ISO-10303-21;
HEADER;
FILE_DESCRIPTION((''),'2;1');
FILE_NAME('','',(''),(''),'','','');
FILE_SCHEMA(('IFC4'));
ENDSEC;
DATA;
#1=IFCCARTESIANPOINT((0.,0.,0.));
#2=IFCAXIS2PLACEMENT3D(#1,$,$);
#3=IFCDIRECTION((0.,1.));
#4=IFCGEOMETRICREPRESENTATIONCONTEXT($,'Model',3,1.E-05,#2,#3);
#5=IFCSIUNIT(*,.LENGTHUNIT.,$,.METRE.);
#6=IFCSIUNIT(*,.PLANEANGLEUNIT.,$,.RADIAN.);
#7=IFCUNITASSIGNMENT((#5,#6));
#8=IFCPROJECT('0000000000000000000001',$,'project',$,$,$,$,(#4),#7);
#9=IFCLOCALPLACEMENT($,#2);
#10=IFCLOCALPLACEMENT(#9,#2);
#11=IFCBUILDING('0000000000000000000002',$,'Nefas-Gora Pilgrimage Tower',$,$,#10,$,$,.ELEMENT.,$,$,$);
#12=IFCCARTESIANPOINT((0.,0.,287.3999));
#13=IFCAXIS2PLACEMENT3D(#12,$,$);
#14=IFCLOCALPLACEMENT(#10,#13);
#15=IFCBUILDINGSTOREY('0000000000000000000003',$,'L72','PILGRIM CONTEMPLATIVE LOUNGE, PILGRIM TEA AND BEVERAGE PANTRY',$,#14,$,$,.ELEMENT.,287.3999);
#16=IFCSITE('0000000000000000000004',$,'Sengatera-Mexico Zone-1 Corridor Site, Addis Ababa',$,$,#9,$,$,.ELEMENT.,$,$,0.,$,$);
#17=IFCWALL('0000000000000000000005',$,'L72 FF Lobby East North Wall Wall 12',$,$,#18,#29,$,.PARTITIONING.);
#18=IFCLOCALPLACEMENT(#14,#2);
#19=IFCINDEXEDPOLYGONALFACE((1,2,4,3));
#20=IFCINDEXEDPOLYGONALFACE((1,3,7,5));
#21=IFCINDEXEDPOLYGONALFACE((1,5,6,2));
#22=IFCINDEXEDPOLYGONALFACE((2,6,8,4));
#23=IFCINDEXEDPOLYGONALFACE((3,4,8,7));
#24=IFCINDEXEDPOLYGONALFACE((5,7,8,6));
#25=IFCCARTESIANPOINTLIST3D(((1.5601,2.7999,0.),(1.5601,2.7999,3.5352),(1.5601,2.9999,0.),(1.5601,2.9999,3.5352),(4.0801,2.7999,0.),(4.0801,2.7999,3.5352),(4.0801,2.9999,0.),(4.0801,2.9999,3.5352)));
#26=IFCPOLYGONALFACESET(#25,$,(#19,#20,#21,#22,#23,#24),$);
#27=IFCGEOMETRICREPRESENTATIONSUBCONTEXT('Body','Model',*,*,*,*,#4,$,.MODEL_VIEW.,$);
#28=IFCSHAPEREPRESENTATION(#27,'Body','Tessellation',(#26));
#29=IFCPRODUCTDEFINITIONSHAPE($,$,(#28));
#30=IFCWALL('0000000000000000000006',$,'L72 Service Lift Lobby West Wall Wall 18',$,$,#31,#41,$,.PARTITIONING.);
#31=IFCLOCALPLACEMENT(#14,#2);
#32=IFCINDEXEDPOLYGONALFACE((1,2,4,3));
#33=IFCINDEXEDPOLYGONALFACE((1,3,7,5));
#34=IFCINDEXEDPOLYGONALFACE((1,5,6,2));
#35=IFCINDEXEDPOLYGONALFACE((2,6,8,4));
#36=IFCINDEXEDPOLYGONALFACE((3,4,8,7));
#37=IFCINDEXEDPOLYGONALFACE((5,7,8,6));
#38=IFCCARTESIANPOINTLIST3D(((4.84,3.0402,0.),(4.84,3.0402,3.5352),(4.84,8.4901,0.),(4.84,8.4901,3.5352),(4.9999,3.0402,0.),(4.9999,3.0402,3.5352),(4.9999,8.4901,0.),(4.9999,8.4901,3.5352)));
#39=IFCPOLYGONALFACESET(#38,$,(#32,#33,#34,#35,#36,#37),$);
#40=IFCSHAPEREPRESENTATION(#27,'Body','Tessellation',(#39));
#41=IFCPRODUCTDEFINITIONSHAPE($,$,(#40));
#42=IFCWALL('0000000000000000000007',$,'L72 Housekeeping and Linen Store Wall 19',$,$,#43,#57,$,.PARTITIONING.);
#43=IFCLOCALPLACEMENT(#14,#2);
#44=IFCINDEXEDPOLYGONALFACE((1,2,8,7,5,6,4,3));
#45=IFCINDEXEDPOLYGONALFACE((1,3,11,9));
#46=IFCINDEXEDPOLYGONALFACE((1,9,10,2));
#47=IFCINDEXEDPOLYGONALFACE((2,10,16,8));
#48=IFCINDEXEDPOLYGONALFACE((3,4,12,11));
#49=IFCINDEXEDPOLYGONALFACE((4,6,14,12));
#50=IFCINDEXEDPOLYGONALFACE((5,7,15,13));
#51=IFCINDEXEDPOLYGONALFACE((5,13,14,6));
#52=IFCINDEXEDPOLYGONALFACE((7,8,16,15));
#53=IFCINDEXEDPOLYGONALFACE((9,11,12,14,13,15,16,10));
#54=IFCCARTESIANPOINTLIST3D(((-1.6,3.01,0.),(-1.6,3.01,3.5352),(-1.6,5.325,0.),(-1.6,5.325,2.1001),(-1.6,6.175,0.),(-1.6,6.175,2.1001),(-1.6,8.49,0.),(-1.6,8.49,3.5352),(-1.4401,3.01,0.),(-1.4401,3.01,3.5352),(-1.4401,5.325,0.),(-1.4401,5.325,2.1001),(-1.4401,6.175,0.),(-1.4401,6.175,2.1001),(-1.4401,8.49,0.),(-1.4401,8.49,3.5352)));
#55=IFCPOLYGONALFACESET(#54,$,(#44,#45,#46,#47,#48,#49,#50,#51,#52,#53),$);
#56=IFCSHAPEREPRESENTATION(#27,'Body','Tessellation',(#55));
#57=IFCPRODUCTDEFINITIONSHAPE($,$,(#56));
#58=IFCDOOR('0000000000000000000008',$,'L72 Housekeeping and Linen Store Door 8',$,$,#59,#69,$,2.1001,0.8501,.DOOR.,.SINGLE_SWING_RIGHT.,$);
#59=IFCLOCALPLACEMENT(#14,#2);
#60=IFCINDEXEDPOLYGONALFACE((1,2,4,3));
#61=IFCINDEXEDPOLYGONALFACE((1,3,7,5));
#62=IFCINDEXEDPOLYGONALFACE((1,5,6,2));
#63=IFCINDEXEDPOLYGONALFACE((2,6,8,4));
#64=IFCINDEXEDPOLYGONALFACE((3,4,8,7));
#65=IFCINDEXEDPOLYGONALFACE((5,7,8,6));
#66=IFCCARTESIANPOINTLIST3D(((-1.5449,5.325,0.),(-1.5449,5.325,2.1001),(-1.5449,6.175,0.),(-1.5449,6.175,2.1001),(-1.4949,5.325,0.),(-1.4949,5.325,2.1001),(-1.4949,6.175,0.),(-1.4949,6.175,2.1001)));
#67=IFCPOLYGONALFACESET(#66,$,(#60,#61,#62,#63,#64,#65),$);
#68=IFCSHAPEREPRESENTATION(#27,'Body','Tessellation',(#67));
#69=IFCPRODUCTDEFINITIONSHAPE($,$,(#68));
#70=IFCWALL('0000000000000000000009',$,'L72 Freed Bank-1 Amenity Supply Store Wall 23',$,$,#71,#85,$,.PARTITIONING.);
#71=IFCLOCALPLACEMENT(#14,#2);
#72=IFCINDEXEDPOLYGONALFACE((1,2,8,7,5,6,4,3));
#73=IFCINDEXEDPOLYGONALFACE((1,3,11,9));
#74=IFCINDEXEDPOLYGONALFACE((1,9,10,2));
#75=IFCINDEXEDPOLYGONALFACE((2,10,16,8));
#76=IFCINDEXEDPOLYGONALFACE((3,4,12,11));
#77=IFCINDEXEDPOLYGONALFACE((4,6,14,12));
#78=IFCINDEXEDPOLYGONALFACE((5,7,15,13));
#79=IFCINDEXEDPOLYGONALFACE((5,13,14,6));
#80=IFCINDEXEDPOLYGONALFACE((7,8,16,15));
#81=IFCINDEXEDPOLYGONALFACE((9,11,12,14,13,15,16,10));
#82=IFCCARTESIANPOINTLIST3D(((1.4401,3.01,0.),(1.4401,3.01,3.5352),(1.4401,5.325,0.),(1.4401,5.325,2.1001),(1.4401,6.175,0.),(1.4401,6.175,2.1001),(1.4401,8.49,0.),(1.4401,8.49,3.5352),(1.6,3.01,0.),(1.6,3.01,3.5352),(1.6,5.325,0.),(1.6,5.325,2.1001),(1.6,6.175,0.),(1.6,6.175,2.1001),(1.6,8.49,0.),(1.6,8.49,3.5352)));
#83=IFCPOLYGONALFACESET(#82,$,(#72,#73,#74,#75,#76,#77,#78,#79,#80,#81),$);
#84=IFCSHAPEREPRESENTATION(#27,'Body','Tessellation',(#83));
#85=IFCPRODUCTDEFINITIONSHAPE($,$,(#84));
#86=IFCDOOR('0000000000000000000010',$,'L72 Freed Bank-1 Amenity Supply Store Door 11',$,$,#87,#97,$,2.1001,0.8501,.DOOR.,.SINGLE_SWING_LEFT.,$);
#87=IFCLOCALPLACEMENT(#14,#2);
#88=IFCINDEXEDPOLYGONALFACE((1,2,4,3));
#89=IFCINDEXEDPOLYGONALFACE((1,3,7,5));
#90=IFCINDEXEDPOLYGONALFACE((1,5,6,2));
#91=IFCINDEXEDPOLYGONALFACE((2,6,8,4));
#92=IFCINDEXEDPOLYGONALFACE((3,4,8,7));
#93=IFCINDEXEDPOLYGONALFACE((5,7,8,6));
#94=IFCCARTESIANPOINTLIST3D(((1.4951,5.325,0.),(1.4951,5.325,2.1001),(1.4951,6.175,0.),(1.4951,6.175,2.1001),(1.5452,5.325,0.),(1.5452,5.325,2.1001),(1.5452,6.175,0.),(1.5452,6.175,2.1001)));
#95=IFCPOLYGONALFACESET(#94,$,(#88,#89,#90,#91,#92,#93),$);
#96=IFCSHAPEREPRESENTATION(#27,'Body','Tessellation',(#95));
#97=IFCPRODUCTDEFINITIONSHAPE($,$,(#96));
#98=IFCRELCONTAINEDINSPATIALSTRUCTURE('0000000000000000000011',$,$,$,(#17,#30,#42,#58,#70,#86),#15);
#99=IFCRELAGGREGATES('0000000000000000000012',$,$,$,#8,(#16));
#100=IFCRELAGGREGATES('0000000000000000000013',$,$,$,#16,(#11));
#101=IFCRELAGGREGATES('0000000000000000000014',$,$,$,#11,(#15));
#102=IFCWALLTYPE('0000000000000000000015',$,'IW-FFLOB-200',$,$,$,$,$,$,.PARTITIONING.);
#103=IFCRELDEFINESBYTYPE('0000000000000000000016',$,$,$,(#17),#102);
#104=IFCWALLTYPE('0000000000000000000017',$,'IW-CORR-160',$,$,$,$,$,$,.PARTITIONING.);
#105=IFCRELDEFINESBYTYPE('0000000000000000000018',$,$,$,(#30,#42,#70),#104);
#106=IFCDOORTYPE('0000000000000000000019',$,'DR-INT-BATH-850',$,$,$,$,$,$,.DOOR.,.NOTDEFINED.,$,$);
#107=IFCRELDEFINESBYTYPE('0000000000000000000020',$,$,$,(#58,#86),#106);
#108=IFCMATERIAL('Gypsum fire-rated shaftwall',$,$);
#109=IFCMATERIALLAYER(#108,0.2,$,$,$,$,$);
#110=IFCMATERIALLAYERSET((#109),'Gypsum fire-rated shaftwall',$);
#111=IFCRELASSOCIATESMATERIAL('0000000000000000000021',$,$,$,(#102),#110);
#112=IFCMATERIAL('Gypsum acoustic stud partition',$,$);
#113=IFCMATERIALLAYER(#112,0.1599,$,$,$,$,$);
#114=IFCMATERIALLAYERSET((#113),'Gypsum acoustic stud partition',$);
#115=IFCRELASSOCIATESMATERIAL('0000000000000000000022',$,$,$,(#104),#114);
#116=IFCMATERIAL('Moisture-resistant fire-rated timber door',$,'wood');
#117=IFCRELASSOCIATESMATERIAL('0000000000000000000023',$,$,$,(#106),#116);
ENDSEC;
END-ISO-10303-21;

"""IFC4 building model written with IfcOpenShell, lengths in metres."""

from ifc_helpers import new_model, si_unit, direction, frame, frame_2d, origin, place, context, subcontext, project, spatial, rectangle, extrude, source, transform, mapped, material, layer, layer_set, type_object, element, fill, save


model = new_model("IFC4")

# Units and contexts
model_context = context("Model", 3, precision=1e-05, world=origin(), true_north=direction((0.0, 1.0)))
body_context = subcontext(model_context, "Body", "Model", "MODEL_VIEW")
ifc_project = project(units=[si_unit("LENGTHUNIT", "METRE"), si_unit("PLANEANGLEUNIT", "RADIAN")], contexts=[model_context])

# Site, building, storey
site_placement = place(None, origin())
site = spatial("IfcSite", under=ifc_project, at=site_placement, Name="Sengatera-Mexico Zone-1 Corridor Site, Addis Ababa", CompositionType="ELEMENT", RefElevation=0.0)
building_placement = place(site_placement, origin())
building = spatial("IfcBuilding", under=site, at=building_placement, Name="Nefas-Gora Pilgrimage Tower", CompositionType="ELEMENT")
storey_placement = place(building_placement, frame((0.0, 0.0, 287.3999)))
storey = spatial("IfcBuildingStorey", under=building, at=storey_placement, Name="L72", Description="PILGRIM CONTEMPLATIVE LOUNGE, PILGRIM TEA AND BEVERAGE PANTRY", CompositionType="ELEMENT", Elevation=287.3999)

# Shared definitions
ifc_material_1 = material(Name="Gypsum fire-rated shaftwall")
ifc_layer_1 = layer(ifc_material_1, 0.2)
ifc_layer_set_1 = layer_set([ifc_layer_1], Name="Gypsum fire-rated shaftwall")
wall_type_1 = type_object("IfcWallType", Name="IW-FFLOB-200", PredefinedType="PARTITIONING", material=ifc_layer_set_1)

# Walls
shared_shape_1 = source(origin(), body_context, "Body", "SweptSolid", [
    extrude(rectangle(XDim=2.52, YDim=0.2, at=frame_2d((1.26, 0.0))), origin(), (0.0, 0.0, 1.0), 3.5352),
])
wall_1_placement = place(storey_placement, frame((1.5601, 2.8999, 0.0), z_axis=(0.0, 0.0, 1.0), x_axis=(1.0, 0.0, 0.0)))
element("IfcWall", 1, at=wall_1_placement, inside=storey, type_object=wall_type_1, Name="L72 FF Lobby East North Wall Wall 12", PredefinedType="PARTITIONING", context=body_context, shape_type="MappedRepresentation", body=[
    mapped(shared_shape_1, transform((0.0, 0.0, 0.0), x_axis=(1.0, 0.0, 0.0), y_axis=(0.0, 1.0, 0.0), z_axis=(0.0, 0.0, 1.0), scale=1.0)),
])
ifc_material_2 = material(Name="Gypsum acoustic stud partition")
ifc_layer_2 = layer(ifc_material_2, 0.1599)
ifc_layer_set_2 = layer_set([ifc_layer_2], Name="Gypsum acoustic stud partition")
wall_type_2 = type_object("IfcWallType", Name="IW-CORR-160", PredefinedType="PARTITIONING", material=ifc_layer_set_2)
shared_shape_2 = source(origin(), body_context, "Body", "SweptSolid", [
    extrude(rectangle(XDim=5.45, YDim=0.1599, at=frame_2d((2.7251, 0.0))), origin(), (0.0, 0.0, 1.0), 3.5352),
])
wall_2_placement = place(storey_placement, frame((4.9199, 3.04, 0.0), z_axis=(0.0, 0.0, 1.0), x_axis=(0.0, 1.0, 0.0)))
element("IfcWall", 2, at=wall_2_placement, inside=storey, type_object=wall_type_2, Name="L72 Service Lift Lobby West Wall Wall 18", PredefinedType="PARTITIONING", context=body_context, shape_type="MappedRepresentation", body=[
    mapped(shared_shape_2, transform((0.0, 0.0, 0.0), x_axis=(1.0, 0.0, 0.0), y_axis=(0.0, 1.0, 0.0), z_axis=(0.0, 0.0, 1.0), scale=1.0)),
])

# Walls, openings, doors
shared_shape_3 = source(origin(), body_context, "Body", "SweptSolid", [
    extrude(rectangle(XDim=5.48, YDim=0.1599, at=frame_2d((2.74, 0.0))), origin(), (0.0, 0.0, 1.0), 3.5352),
])
wall_3_placement = place(storey_placement, frame((-1.52, 3.01, 0.0), z_axis=(0.0, 0.0, 1.0), x_axis=(0.0, 1.0, 0.0)))
wall_3 = element("IfcWall", 3, at=wall_3_placement, inside=storey, type_object=wall_type_2, Name="L72 Housekeeping and Linen Store Wall 19", PredefinedType="PARTITIONING", context=body_context, shape_type="MappedRepresentation", body=[
    mapped(shared_shape_3, transform((0.0, 0.0, 0.0), x_axis=(1.0, 0.0, 0.0), y_axis=(0.0, 1.0, 0.0), z_axis=(0.0, 0.0, 1.0), scale=1.0)),
])
opening_1_placement = place(wall_3_placement, frame((2.3149, 0.0, 0.0)))
opening_1 = element("IfcOpeningElement", 4, at=opening_1_placement, cuts=wall_3, PredefinedType="OPENING", context=body_context, shape_type="SweptSolid", body=[
    extrude(rectangle(XDim=0.8501, YDim=2.1001, at=frame_2d((0.425, 1.05))), frame((0.0, 0.0898, 0.0), z_axis=(0.0, -1.0, 0.0), x_axis=(1.0, 0.0, 0.0)), (0.0, 0.0, 1.0), 0.1799),
])
ifc_material_3 = material(Name="Moisture-resistant fire-rated timber door", Category="wood")
door_type_1 = type_object("IfcDoorType", Name="DR-INT-BATH-850", OperationType="NOTDEFINED", PredefinedType="DOOR", material=ifc_material_3)
shared_shape_4 = source(origin(), body_context, "Body", "SweptSolid", [
    extrude(rectangle(XDim=0.8501, YDim=2.1001, at=frame_2d((0.425, 1.05))), frame((0.0, 0.0249, 0.0), z_axis=(0.0, -1.0, 0.0), x_axis=(1.0, 0.0, 0.0)), (0.0, 0.0, 1.0), 0.05),
])
door_1_placement = place(opening_1_placement, origin())
door_1 = element("IfcDoor", 5, at=door_1_placement, inside=storey, type_object=door_type_1, Name="L72 Housekeeping and Linen Store Door 8", OperationType="SINGLE_SWING_RIGHT", OverallHeight=2.1001, OverallWidth=0.8501, PredefinedType="DOOR", context=body_context, shape_type="MappedRepresentation", body=[
    mapped(shared_shape_4, transform((0.0, 0.0, 0.0), x_axis=(1.0, 0.0, 0.0), y_axis=(0.0, 1.0, 0.0), z_axis=(0.0, 0.0, 1.0), scale=1.0)),
])
fill(opening_1, door_1)
wall_4_placement = place(storey_placement, frame((1.52, 3.01, 0.0), z_axis=(0.0, 0.0, 1.0), x_axis=(0.0, 1.0, 0.0)))
wall_4 = element("IfcWall", 6, at=wall_4_placement, inside=storey, type_object=wall_type_2, Name="L72 Freed Bank-1 Amenity Supply Store Wall 23", PredefinedType="PARTITIONING", context=body_context, shape_type="MappedRepresentation", body=[
    mapped(shared_shape_3, transform((0.0, 0.0, 0.0), x_axis=(1.0, 0.0, 0.0), y_axis=(0.0, 1.0, 0.0), z_axis=(0.0, 0.0, 1.0), scale=1.0)),
])
opening_2_placement = place(wall_4_placement, frame((2.3149, 0.0, 0.0)))
opening_2 = element("IfcOpeningElement", 7, at=opening_2_placement, cuts=wall_4, PredefinedType="OPENING", context=body_context, shape_type="SweptSolid", body=[
    extrude(rectangle(XDim=0.8501, YDim=2.1001, at=frame_2d((0.425, 1.05))), frame((0.0, 0.0898, 0.0), z_axis=(0.0, -1.0, 0.0), x_axis=(1.0, 0.0, 0.0)), (0.0, 0.0, 1.0), 0.1799),
])
door_2_placement = place(opening_2_placement, origin())
door_2 = element("IfcDoor", 8, at=door_2_placement, inside=storey, type_object=door_type_1, Name="L72 Freed Bank-1 Amenity Supply Store Door 11", OperationType="SINGLE_SWING_LEFT", OverallHeight=2.1001, OverallWidth=0.8501, PredefinedType="DOOR", context=body_context, shape_type="MappedRepresentation", body=[
    mapped(shared_shape_4, transform((0.0, 0.0, 0.0), x_axis=(1.0, 0.0, 0.0), y_axis=(0.0, 1.0, 0.0), z_axis=(0.0, 0.0, 1.0), scale=1.0)),
])
fill(opening_2, door_2)

save(model, "model.ifc")
